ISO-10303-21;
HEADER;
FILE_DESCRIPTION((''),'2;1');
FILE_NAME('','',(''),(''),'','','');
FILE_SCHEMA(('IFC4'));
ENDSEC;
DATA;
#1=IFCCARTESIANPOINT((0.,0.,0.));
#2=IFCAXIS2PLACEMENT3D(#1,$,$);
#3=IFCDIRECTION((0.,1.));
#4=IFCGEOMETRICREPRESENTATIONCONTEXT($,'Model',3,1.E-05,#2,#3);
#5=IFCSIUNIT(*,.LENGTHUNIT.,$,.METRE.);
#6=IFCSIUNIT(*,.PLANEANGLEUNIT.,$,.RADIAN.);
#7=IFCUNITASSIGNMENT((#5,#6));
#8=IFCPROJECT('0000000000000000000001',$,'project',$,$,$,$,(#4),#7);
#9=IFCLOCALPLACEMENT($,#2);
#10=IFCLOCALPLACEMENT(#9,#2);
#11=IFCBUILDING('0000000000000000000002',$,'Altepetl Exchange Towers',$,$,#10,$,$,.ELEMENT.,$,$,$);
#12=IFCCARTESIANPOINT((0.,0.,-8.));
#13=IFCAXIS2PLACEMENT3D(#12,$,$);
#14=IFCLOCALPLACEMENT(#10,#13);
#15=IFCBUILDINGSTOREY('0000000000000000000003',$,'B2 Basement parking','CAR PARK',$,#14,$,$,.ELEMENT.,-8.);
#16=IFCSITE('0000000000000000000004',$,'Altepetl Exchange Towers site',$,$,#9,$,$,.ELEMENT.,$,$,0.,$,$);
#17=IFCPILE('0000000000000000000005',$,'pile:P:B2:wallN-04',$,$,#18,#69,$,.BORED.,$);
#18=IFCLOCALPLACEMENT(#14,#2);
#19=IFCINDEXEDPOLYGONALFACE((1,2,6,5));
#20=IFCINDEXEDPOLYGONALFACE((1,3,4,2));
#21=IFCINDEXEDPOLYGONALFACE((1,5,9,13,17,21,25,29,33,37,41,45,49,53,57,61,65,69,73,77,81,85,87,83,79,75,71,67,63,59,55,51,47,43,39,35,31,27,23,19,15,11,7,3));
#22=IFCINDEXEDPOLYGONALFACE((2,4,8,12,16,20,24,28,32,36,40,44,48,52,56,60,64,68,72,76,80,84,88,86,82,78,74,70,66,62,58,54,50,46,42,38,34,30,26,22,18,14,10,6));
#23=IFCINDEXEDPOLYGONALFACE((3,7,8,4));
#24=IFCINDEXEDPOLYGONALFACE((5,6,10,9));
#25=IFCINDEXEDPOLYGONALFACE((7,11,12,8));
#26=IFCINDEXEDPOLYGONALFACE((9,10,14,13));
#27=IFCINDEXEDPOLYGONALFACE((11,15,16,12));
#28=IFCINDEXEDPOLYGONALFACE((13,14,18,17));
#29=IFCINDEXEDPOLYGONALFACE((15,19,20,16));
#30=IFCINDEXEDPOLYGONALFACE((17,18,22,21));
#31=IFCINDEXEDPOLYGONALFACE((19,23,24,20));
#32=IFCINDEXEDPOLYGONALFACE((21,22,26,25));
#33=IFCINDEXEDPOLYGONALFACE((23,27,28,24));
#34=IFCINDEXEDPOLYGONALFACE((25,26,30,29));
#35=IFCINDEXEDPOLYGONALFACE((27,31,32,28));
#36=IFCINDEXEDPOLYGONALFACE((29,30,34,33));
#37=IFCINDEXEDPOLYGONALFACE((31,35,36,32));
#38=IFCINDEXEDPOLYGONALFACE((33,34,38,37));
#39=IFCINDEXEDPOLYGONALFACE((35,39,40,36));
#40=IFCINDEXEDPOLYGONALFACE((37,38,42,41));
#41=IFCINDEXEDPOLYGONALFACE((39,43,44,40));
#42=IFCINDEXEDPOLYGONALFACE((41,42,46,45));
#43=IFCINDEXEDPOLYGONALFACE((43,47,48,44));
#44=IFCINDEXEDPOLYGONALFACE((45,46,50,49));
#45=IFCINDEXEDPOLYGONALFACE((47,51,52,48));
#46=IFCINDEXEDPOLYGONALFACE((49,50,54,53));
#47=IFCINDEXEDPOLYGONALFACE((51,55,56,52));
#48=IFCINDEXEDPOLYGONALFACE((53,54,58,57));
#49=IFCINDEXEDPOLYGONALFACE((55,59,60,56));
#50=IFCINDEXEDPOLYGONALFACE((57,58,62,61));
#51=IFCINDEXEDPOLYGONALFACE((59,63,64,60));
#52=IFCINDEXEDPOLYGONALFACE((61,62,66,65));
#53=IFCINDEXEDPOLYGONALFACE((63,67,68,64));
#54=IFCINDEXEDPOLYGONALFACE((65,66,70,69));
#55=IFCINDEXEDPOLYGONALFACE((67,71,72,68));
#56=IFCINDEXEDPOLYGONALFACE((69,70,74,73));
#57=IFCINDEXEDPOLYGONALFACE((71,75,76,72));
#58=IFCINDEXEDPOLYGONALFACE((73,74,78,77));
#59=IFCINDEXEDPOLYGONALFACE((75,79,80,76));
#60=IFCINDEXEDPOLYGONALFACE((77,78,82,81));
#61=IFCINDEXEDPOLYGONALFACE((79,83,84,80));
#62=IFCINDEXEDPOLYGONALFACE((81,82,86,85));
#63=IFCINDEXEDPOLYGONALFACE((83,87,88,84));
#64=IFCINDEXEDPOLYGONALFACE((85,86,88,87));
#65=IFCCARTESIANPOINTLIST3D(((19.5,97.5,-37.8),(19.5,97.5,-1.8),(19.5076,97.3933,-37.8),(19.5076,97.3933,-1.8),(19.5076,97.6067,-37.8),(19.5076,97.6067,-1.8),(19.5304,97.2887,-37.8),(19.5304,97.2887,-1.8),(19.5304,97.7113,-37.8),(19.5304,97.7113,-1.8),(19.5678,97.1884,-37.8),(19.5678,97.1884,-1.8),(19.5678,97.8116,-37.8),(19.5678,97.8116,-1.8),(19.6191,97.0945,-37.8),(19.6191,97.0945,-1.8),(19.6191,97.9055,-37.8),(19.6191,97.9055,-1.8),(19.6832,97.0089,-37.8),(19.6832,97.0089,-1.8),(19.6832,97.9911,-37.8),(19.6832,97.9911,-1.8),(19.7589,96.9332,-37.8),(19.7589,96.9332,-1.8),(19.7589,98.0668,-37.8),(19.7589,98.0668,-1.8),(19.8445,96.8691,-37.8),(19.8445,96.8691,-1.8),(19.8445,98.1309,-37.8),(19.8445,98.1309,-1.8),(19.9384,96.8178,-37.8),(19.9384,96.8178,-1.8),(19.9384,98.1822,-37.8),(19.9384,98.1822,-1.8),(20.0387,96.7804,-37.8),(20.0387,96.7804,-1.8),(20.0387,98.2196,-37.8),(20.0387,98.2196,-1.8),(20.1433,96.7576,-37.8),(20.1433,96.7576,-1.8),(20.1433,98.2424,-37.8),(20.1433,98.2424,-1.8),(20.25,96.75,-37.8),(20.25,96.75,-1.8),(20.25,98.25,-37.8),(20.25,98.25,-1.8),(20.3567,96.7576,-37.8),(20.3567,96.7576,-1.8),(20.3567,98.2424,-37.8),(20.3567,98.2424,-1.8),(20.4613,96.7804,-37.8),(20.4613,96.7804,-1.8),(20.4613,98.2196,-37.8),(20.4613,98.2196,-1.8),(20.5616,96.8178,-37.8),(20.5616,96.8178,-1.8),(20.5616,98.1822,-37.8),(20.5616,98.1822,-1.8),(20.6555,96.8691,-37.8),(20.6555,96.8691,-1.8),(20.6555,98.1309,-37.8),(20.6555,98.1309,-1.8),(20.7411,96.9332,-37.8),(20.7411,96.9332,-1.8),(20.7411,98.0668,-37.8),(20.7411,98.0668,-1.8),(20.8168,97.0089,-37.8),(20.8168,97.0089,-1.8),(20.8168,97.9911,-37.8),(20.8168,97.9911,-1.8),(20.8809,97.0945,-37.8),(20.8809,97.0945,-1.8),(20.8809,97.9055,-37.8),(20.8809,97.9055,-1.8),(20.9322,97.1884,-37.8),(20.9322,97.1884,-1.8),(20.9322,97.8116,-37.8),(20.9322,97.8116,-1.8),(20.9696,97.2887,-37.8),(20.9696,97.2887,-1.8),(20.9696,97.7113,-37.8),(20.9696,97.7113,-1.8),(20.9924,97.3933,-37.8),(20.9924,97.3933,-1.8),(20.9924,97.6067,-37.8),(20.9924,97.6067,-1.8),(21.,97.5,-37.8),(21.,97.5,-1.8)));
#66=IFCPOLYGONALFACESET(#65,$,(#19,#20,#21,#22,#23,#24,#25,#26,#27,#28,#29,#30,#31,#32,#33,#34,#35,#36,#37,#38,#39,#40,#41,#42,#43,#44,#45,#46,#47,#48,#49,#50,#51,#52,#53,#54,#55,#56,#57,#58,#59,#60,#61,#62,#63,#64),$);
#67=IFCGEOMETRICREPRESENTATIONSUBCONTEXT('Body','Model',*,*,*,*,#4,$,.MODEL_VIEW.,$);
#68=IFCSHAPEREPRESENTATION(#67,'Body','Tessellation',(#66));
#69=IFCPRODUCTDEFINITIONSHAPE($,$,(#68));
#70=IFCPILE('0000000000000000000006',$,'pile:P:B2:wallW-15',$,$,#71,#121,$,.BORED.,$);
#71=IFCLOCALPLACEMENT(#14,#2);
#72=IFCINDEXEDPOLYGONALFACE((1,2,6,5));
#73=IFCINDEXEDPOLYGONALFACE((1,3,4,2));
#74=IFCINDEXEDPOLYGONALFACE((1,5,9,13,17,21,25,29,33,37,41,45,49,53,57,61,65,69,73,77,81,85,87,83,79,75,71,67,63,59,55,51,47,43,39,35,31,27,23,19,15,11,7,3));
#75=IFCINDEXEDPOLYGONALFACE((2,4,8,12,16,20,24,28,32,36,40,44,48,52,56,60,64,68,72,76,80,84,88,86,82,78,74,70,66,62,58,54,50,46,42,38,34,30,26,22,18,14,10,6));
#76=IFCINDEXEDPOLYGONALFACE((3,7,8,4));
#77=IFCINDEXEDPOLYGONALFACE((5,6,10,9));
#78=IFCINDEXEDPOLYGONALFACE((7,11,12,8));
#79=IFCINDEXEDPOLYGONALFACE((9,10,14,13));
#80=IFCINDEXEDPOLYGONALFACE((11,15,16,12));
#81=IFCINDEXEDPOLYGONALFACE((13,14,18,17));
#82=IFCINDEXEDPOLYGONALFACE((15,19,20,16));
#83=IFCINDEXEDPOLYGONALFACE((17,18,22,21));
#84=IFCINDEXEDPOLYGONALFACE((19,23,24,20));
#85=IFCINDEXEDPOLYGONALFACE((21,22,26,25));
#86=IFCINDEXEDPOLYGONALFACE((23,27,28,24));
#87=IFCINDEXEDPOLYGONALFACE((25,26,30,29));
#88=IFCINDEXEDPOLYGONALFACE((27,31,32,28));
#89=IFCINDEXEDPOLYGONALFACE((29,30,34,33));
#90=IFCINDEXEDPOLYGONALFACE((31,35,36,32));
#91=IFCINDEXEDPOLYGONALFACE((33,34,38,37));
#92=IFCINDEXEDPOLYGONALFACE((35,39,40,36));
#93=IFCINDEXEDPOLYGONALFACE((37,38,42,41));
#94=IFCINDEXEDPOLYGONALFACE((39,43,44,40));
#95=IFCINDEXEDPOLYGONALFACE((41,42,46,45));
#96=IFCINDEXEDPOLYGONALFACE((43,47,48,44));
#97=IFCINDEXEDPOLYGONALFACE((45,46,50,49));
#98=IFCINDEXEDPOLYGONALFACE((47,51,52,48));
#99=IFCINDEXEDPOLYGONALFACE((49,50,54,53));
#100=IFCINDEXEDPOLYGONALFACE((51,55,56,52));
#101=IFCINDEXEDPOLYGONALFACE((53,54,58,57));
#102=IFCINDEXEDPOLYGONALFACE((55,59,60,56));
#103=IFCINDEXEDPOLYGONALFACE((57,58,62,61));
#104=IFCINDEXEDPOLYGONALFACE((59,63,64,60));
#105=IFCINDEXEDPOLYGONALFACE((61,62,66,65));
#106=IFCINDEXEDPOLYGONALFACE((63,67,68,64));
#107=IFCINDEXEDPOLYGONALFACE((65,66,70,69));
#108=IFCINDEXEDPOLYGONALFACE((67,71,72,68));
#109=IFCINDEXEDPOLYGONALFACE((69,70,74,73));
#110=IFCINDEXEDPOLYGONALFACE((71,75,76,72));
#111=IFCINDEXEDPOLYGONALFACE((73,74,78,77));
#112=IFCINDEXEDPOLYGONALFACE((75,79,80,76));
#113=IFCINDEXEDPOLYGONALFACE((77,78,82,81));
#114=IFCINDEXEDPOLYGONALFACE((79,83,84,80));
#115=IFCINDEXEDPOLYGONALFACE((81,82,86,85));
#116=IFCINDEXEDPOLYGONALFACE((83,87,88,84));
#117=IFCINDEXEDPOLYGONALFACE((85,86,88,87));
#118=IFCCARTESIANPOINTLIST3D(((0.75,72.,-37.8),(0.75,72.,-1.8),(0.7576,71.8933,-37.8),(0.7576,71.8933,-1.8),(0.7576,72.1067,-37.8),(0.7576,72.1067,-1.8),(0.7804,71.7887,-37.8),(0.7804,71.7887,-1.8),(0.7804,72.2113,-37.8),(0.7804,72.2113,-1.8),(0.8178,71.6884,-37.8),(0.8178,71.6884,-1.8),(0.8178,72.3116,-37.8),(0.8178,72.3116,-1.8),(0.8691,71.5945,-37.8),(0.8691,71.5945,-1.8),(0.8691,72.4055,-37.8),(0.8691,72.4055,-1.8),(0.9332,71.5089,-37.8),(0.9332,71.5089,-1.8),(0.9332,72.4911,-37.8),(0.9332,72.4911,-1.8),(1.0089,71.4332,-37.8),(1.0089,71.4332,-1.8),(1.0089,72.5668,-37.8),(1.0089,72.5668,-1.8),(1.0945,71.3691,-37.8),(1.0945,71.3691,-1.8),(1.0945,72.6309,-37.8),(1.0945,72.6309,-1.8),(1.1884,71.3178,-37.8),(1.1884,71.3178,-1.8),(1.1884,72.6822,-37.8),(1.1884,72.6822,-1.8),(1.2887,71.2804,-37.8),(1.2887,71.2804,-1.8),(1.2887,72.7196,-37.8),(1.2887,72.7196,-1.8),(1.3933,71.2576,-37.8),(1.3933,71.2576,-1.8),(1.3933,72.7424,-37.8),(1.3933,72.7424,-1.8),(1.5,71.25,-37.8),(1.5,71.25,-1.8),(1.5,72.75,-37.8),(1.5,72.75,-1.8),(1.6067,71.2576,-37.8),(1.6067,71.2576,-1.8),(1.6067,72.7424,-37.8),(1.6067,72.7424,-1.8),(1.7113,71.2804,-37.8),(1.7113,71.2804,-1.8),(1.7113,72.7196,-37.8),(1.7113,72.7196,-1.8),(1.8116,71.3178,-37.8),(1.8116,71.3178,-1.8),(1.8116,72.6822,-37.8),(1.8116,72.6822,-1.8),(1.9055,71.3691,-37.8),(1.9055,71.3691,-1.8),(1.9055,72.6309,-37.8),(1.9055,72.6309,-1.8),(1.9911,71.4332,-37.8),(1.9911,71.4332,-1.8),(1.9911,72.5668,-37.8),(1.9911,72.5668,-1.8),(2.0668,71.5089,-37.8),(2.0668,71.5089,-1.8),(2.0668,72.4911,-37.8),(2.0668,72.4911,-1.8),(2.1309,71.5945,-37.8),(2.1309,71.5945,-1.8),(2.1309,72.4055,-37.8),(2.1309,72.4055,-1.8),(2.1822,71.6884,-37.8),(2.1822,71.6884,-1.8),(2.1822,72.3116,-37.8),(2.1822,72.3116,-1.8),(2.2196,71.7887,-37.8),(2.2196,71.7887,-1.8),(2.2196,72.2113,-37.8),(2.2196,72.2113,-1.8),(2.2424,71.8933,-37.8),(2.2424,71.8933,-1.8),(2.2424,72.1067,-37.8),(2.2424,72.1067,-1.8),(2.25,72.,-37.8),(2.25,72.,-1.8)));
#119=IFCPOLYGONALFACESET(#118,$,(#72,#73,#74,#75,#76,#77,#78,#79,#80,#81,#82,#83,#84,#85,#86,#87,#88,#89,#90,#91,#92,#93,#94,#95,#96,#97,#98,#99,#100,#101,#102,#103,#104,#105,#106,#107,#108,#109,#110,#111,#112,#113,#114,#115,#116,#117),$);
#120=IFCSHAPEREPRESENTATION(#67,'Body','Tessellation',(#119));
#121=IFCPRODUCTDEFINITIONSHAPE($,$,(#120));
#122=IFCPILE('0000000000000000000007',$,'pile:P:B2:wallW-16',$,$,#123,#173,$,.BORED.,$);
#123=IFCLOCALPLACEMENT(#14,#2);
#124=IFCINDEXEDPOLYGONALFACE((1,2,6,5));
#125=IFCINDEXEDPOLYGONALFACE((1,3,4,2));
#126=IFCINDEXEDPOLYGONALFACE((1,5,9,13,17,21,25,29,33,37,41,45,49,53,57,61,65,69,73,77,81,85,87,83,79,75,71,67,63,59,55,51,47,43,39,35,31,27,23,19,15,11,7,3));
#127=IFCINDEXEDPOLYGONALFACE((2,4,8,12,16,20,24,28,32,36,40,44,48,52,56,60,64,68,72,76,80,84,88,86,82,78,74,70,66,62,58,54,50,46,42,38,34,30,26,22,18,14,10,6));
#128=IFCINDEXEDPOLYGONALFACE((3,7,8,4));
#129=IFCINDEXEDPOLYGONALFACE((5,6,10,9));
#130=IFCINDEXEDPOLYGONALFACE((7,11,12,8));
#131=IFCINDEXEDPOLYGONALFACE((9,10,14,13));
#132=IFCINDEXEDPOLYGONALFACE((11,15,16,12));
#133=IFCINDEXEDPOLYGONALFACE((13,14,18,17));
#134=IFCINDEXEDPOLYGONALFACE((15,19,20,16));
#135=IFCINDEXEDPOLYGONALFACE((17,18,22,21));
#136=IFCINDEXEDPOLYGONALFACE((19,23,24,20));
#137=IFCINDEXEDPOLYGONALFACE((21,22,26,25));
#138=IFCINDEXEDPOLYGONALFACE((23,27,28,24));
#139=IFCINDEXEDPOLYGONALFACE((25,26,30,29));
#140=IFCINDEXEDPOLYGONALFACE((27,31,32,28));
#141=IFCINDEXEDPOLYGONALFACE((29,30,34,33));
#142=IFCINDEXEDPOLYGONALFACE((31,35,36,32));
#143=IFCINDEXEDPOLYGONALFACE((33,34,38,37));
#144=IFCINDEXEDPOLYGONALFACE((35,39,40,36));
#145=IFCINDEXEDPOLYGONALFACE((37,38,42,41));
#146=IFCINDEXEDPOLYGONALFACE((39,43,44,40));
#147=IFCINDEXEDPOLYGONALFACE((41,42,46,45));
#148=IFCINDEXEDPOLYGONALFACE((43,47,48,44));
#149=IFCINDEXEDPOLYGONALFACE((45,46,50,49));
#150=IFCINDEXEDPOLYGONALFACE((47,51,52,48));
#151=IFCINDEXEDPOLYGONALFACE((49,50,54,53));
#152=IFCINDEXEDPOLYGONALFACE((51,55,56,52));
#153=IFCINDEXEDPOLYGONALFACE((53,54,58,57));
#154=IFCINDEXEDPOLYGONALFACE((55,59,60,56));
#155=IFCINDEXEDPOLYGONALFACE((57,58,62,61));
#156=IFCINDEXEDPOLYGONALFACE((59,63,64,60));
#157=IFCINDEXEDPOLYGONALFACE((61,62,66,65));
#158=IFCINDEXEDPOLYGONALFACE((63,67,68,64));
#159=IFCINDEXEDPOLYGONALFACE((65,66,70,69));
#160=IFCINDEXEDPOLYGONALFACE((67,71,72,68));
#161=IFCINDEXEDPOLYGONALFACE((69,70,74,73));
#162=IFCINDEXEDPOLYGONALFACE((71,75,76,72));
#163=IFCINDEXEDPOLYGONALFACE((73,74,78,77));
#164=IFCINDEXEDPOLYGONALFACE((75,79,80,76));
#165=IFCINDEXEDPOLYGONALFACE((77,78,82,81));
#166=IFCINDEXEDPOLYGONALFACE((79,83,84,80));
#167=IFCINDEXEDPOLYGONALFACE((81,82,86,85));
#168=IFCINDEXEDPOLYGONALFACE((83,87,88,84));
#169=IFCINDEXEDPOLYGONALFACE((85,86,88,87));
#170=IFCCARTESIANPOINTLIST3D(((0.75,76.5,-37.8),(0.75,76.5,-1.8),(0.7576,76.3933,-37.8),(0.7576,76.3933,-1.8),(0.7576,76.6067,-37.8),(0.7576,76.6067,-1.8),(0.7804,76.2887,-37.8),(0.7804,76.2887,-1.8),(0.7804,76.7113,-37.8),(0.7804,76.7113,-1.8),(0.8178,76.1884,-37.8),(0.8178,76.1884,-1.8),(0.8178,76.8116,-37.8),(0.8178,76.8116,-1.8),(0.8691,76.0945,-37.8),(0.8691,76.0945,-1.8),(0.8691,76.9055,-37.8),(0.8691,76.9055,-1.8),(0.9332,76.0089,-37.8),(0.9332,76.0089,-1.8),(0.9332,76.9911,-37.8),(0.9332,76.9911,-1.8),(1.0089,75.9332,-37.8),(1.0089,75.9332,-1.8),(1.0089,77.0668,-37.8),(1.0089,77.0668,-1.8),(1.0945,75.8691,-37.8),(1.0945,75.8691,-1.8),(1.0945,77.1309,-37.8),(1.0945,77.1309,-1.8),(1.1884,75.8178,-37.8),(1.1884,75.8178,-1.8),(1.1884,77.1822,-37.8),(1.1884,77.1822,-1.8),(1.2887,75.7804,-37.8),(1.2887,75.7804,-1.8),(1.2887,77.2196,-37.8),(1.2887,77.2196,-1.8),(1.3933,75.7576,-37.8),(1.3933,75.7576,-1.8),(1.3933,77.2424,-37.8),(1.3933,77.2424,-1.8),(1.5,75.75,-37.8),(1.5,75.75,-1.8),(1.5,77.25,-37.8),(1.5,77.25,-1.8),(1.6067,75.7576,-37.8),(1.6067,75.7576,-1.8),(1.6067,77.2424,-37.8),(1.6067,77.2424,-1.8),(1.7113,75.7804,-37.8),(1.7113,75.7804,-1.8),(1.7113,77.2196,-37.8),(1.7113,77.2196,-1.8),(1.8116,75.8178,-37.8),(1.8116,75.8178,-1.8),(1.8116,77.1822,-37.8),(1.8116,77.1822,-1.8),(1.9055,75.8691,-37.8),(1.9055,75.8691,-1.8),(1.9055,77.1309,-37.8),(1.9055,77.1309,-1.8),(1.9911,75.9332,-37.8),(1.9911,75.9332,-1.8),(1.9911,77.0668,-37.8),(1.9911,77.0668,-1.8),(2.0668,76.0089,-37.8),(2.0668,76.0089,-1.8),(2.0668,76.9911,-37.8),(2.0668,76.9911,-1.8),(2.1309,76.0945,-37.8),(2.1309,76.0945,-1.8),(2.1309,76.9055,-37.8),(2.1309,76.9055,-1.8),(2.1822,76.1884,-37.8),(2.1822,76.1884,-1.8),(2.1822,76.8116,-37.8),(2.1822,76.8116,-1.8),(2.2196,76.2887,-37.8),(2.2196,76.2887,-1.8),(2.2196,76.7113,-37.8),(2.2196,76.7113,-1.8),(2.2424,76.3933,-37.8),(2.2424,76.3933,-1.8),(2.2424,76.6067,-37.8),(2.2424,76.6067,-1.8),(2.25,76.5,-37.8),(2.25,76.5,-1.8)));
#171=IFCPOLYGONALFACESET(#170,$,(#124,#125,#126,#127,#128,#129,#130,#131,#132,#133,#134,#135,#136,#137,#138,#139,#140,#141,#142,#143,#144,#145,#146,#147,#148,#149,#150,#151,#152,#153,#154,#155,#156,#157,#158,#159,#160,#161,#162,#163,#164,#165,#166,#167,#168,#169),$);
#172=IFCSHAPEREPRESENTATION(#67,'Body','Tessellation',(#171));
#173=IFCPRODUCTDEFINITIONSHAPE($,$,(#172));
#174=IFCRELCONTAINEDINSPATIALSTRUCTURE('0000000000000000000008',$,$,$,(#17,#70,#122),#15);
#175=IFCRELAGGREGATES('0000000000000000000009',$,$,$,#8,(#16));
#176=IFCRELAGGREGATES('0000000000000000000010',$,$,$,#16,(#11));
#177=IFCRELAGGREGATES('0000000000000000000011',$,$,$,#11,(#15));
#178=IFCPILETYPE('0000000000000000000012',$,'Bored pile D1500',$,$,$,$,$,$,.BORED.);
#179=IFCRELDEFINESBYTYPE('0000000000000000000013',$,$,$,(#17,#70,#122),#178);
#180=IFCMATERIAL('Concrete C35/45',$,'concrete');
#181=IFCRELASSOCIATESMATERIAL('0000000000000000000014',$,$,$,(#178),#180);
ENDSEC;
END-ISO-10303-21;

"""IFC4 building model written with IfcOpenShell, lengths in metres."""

from ifc_helpers import new_model, si_unit, direction, frame, origin, origin_2d, place, context, subcontext, project, spatial, circle, extrude, material, material_profile, profile_set, type_object, element, save


model = new_model("IFC4")

# Units and contexts
model_context = context("Model", 3, precision=1e-05, world=origin(), true_north=direction((0.0, 1.0)))
body_context = subcontext(model_context, "Body", "Model", "MODEL_VIEW")
ifc_project = project(units=[si_unit("LENGTHUNIT", "METRE"), si_unit("PLANEANGLEUNIT", "RADIAN")], contexts=[model_context])

# Site, building, storey
site_placement = place(None, origin())
site = spatial("IfcSite", under=ifc_project, at=site_placement, Name="Altepetl Exchange Towers site", CompositionType="ELEMENT", RefElevation=0.0)
building_placement = place(site_placement, origin())
building = spatial("IfcBuilding", under=site, at=building_placement, Name="Altepetl Exchange Towers", CompositionType="ELEMENT")
storey_placement = place(building_placement, frame((0.0, 0.0, -8.0)))
storey = spatial("IfcBuildingStorey", under=building, at=storey_placement, Name="B2 Basement parking", Description="CAR PARK", CompositionType="ELEMENT", Elevation=-8.0)

# Piles
ifc_material_1 = material(Name="Concrete C35/45", Category="concrete")
ifc_material_profile_1 = material_profile(ifc_material_1, circle(Radius=0.75, at=origin_2d()), Name="D1500")
ifc_profile_set_1 = profile_set([ifc_material_profile_1], Name="Concrete C35/45")
pile_type_1 = type_object("IfcPileType", Name="Bored pile D1500", PredefinedType="BORED", material=ifc_profile_set_1)
for number, where, z_axis, x_axis, name in (
    (1, (20.25, 97.5, -1.8), (0.0, 0.0, -1.0), (1.0, 0.0, 0.0), "pile:P:B2:wallN-04"),
    (2, (1.5, 72.0, -1.8), (0.0, 0.0, -1.0), (1.0, 0.0, 0.0), "pile:P:B2:wallW-15"),
    (3, (1.5, 76.5, -1.8), (0.0, 0.0, -1.0), (1.0, 0.0, 0.0), "pile:P:B2:wallW-16"),
):
    element("IfcPile", number, at=place(storey_placement, frame(where, z_axis=z_axis, x_axis=x_axis)), inside=storey, type_object=pile_type_1, Name=name, PredefinedType="BORED", context=body_context, shape_type="SweptSolid", body=[
        extrude(circle(Radius=0.75, at=origin_2d()), origin(), (0.0, 0.0, 1.0), 36.0),
    ])

save(model, "model.ifc")
